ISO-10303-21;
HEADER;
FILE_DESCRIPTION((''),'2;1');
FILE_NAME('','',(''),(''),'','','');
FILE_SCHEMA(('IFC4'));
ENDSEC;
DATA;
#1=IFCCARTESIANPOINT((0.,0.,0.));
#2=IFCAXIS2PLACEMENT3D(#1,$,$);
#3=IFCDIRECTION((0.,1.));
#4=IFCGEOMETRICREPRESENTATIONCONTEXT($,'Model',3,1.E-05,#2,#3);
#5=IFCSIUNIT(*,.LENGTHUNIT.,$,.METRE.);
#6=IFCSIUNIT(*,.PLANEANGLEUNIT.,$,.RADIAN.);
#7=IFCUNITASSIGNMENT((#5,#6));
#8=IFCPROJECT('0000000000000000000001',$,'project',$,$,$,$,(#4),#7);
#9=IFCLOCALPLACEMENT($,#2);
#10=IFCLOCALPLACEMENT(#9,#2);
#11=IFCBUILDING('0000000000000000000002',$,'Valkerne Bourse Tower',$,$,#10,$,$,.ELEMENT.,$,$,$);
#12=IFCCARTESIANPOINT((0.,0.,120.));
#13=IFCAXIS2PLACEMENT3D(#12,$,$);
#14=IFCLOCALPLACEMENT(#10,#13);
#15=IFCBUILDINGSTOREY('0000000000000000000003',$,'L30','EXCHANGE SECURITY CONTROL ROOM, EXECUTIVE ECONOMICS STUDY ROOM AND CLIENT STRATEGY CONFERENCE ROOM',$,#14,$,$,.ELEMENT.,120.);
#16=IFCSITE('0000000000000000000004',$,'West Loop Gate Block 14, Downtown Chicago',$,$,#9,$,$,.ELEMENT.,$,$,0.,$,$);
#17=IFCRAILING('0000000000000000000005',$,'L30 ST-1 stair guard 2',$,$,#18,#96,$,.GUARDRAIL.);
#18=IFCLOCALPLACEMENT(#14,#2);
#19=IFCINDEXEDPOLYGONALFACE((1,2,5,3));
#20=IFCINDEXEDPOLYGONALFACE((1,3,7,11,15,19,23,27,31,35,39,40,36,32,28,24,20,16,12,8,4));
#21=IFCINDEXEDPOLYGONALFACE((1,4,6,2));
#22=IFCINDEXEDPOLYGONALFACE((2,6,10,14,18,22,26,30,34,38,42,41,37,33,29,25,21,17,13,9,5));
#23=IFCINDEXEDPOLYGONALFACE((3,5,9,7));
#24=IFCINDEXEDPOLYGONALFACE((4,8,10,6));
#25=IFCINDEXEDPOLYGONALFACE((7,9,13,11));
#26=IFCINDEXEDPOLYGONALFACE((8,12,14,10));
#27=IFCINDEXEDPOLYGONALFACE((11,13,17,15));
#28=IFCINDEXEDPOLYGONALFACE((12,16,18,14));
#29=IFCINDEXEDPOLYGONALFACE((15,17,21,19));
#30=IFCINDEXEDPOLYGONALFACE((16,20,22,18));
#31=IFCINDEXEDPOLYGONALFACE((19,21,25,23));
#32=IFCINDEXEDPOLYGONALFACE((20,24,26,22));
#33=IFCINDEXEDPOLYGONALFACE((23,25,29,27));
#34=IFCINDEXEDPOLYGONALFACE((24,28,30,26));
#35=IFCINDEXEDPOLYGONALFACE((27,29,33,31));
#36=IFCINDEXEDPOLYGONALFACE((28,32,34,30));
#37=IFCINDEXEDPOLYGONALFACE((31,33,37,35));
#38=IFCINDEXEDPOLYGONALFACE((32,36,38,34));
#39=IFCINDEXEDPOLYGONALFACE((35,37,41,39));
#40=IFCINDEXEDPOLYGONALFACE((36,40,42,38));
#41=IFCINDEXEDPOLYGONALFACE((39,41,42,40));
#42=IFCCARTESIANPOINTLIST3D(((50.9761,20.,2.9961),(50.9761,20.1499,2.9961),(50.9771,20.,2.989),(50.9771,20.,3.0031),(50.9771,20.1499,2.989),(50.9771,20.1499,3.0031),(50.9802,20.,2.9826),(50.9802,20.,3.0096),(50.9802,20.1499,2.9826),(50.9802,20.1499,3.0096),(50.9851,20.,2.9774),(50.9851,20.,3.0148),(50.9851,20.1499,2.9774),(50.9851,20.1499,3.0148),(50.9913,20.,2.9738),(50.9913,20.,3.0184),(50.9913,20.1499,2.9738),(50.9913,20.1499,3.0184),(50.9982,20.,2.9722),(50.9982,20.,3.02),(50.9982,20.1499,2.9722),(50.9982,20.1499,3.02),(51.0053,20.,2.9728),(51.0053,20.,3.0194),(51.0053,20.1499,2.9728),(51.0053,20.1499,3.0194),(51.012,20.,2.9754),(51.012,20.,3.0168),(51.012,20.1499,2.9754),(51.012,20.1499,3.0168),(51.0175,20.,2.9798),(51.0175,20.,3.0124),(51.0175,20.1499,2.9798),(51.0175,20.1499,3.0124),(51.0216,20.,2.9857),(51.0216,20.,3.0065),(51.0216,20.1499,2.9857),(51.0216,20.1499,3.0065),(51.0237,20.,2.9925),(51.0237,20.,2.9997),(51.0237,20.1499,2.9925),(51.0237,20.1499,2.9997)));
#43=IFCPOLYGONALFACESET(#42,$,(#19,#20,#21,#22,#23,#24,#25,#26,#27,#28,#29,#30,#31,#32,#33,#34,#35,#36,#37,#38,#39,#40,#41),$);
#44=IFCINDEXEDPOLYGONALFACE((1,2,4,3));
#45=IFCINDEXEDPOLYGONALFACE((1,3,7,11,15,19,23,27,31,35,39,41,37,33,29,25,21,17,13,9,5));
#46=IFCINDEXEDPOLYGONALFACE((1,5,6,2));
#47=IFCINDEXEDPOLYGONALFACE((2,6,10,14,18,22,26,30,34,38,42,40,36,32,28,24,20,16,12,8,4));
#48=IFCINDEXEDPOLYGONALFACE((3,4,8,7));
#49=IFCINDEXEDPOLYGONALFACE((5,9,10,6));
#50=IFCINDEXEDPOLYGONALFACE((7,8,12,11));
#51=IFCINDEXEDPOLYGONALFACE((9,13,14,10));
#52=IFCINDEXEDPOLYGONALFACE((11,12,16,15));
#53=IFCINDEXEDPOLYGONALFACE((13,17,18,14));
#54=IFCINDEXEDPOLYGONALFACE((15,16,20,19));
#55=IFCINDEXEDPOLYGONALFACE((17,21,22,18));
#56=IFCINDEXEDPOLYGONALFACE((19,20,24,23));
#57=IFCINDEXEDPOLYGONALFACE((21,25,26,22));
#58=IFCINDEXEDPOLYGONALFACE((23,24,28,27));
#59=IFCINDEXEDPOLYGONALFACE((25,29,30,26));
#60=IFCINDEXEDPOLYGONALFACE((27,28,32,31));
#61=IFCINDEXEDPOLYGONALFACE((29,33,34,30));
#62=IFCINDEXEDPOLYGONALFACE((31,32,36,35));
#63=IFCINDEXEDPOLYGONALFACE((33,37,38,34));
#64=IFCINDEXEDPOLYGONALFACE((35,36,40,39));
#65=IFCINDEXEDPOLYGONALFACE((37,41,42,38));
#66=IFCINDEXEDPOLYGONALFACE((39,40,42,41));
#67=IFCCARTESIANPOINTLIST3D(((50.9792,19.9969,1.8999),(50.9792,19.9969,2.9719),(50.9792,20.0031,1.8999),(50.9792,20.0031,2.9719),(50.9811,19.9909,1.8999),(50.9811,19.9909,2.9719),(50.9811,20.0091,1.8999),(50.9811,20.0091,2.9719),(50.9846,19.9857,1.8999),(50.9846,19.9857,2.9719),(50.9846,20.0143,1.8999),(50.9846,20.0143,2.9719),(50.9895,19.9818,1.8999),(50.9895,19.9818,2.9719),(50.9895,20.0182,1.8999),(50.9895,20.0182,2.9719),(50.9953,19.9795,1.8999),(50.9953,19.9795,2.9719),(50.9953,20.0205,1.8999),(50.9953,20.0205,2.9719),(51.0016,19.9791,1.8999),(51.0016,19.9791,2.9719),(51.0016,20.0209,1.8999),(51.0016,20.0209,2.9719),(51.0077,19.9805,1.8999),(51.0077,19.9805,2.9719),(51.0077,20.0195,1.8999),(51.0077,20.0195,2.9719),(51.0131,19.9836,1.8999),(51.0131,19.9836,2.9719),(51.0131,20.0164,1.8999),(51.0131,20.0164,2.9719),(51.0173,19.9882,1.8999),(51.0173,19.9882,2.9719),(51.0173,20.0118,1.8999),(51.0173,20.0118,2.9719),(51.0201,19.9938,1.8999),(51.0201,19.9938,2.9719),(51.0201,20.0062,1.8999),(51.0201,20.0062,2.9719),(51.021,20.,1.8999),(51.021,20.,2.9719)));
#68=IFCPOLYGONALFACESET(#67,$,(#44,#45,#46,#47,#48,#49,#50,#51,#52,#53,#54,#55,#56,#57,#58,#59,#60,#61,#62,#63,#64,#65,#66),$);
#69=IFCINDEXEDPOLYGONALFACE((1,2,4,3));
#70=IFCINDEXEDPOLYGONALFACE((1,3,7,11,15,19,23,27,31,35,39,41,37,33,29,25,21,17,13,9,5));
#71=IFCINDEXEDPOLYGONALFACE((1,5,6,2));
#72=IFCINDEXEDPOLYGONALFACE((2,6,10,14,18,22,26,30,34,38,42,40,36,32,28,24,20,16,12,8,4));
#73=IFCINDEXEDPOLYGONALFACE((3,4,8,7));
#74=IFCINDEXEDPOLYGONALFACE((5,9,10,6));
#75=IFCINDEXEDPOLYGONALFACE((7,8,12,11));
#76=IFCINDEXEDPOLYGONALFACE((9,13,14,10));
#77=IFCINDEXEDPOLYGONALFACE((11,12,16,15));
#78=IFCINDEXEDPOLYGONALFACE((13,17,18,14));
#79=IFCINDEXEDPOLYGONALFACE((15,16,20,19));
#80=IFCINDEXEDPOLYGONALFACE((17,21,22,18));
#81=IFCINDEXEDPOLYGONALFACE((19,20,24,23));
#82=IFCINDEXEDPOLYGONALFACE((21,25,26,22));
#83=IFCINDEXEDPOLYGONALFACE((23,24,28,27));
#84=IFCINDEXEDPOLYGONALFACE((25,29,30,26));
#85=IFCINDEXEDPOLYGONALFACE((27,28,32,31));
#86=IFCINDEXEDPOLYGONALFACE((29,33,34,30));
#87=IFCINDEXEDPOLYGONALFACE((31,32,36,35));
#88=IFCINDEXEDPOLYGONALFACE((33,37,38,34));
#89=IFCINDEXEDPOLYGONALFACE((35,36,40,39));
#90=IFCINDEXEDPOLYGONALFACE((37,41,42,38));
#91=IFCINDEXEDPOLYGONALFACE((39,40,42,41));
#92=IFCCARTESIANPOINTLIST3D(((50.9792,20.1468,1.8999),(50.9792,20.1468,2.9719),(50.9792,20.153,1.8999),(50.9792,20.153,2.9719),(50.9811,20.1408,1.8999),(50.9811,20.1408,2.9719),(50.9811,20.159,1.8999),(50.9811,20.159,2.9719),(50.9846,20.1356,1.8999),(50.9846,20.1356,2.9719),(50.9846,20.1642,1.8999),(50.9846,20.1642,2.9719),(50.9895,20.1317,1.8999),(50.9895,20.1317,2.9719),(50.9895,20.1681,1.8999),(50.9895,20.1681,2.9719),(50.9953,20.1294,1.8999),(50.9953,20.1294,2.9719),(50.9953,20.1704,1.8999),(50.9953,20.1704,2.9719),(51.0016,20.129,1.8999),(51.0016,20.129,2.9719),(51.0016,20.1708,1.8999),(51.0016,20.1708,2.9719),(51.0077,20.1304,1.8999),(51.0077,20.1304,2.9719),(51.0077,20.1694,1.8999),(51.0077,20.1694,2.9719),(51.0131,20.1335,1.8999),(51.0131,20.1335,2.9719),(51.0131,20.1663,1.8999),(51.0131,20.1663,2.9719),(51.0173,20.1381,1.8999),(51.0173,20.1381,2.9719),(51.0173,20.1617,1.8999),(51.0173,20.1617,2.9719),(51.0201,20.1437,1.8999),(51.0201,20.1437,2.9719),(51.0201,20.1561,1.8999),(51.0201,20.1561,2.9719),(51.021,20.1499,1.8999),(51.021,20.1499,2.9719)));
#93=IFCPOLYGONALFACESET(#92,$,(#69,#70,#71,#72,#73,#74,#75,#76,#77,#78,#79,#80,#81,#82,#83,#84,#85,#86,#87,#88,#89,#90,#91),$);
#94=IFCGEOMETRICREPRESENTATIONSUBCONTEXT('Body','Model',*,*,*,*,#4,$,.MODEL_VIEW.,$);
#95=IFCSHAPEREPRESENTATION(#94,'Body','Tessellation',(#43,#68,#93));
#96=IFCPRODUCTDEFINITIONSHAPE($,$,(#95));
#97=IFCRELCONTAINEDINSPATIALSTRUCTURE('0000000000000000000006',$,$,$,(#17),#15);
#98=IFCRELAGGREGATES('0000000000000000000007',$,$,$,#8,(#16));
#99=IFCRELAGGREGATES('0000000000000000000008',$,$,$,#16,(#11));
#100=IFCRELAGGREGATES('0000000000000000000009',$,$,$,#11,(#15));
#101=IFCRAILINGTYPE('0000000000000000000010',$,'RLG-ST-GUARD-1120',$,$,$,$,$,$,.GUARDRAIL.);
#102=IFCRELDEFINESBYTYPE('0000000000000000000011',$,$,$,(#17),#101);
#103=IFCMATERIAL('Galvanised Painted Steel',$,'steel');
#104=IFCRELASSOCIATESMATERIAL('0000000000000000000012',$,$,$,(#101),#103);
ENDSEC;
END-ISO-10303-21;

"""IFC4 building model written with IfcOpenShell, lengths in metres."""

from ifc_helpers import new_model, si_unit, direction, frame, origin, origin_2d, place, context, subcontext, project, spatial, circle, extrude, material, type_object, element, save


model = new_model("IFC4")

# Units and contexts
model_context = context("Model", 3, precision=1e-05, world=origin(), true_north=direction((0.0, 1.0)))
body_context = subcontext(model_context, "Body", "Model", "MODEL_VIEW")
ifc_project = project(units=[si_unit("LENGTHUNIT", "METRE"), si_unit("PLANEANGLEUNIT", "RADIAN")], contexts=[model_context])

# Site, building, storey
site_placement = place(None, origin())
site = spatial("IfcSite", under=ifc_project, at=site_placement, Name="West Loop Gate Block 14, Downtown Chicago", CompositionType="ELEMENT", RefElevation=0.0)
building_placement = place(site_placement, origin())
building = spatial("IfcBuilding", under=site, at=building_placement, Name="Valkerne Bourse Tower", CompositionType="ELEMENT")
storey_placement = place(building_placement, frame((0.0, 0.0, 120.0)))
storey = spatial("IfcBuildingStorey", under=building, at=storey_placement, Name="L30", Description="EXCHANGE SECURITY CONTROL ROOM, EXECUTIVE ECONOMICS STUDY ROOM AND CLIENT STRATEGY CONFERENCE ROOM", CompositionType="ELEMENT", Elevation=120.0)

# Shared definitions
ifc_material_1 = material(Name="Galvanised Painted Steel", Category="steel")

# Railing
railing_type_1 = type_object("IfcRailingType", Name="RLG-ST-GUARD-1120", PredefinedType="GUARDRAIL", material=ifc_material_1)
railing_1_placement = place(storey_placement, frame((51.0, 20.0, 1.8999)))
element("IfcRailing", 1, at=railing_1_placement, inside=storey, type_object=railing_type_1, Name="L30 ST-1 stair guard 2", PredefinedType="GUARDRAIL", context=body_context, shape_type="SweptSolid", body=[
    extrude(circle(Radius=0.0239, at=origin_2d()), frame((0.0, 0.0, 1.0962), z_axis=(0.0, 1.0, 0.0), x_axis=(-1.0, 0.0, 0.0)), (0.0, 0.0, 1.0), 0.1499),
    extrude(circle(Radius=0.021, at=origin_2d()), origin(), (0.0, 0.0, 1.0), 1.072),
    extrude(circle(Radius=0.021, at=origin_2d()), frame((0.0, 0.1499, 0.0)), (0.0, 0.0, 1.0), 1.072),
])

save(model, "model.ifc")
